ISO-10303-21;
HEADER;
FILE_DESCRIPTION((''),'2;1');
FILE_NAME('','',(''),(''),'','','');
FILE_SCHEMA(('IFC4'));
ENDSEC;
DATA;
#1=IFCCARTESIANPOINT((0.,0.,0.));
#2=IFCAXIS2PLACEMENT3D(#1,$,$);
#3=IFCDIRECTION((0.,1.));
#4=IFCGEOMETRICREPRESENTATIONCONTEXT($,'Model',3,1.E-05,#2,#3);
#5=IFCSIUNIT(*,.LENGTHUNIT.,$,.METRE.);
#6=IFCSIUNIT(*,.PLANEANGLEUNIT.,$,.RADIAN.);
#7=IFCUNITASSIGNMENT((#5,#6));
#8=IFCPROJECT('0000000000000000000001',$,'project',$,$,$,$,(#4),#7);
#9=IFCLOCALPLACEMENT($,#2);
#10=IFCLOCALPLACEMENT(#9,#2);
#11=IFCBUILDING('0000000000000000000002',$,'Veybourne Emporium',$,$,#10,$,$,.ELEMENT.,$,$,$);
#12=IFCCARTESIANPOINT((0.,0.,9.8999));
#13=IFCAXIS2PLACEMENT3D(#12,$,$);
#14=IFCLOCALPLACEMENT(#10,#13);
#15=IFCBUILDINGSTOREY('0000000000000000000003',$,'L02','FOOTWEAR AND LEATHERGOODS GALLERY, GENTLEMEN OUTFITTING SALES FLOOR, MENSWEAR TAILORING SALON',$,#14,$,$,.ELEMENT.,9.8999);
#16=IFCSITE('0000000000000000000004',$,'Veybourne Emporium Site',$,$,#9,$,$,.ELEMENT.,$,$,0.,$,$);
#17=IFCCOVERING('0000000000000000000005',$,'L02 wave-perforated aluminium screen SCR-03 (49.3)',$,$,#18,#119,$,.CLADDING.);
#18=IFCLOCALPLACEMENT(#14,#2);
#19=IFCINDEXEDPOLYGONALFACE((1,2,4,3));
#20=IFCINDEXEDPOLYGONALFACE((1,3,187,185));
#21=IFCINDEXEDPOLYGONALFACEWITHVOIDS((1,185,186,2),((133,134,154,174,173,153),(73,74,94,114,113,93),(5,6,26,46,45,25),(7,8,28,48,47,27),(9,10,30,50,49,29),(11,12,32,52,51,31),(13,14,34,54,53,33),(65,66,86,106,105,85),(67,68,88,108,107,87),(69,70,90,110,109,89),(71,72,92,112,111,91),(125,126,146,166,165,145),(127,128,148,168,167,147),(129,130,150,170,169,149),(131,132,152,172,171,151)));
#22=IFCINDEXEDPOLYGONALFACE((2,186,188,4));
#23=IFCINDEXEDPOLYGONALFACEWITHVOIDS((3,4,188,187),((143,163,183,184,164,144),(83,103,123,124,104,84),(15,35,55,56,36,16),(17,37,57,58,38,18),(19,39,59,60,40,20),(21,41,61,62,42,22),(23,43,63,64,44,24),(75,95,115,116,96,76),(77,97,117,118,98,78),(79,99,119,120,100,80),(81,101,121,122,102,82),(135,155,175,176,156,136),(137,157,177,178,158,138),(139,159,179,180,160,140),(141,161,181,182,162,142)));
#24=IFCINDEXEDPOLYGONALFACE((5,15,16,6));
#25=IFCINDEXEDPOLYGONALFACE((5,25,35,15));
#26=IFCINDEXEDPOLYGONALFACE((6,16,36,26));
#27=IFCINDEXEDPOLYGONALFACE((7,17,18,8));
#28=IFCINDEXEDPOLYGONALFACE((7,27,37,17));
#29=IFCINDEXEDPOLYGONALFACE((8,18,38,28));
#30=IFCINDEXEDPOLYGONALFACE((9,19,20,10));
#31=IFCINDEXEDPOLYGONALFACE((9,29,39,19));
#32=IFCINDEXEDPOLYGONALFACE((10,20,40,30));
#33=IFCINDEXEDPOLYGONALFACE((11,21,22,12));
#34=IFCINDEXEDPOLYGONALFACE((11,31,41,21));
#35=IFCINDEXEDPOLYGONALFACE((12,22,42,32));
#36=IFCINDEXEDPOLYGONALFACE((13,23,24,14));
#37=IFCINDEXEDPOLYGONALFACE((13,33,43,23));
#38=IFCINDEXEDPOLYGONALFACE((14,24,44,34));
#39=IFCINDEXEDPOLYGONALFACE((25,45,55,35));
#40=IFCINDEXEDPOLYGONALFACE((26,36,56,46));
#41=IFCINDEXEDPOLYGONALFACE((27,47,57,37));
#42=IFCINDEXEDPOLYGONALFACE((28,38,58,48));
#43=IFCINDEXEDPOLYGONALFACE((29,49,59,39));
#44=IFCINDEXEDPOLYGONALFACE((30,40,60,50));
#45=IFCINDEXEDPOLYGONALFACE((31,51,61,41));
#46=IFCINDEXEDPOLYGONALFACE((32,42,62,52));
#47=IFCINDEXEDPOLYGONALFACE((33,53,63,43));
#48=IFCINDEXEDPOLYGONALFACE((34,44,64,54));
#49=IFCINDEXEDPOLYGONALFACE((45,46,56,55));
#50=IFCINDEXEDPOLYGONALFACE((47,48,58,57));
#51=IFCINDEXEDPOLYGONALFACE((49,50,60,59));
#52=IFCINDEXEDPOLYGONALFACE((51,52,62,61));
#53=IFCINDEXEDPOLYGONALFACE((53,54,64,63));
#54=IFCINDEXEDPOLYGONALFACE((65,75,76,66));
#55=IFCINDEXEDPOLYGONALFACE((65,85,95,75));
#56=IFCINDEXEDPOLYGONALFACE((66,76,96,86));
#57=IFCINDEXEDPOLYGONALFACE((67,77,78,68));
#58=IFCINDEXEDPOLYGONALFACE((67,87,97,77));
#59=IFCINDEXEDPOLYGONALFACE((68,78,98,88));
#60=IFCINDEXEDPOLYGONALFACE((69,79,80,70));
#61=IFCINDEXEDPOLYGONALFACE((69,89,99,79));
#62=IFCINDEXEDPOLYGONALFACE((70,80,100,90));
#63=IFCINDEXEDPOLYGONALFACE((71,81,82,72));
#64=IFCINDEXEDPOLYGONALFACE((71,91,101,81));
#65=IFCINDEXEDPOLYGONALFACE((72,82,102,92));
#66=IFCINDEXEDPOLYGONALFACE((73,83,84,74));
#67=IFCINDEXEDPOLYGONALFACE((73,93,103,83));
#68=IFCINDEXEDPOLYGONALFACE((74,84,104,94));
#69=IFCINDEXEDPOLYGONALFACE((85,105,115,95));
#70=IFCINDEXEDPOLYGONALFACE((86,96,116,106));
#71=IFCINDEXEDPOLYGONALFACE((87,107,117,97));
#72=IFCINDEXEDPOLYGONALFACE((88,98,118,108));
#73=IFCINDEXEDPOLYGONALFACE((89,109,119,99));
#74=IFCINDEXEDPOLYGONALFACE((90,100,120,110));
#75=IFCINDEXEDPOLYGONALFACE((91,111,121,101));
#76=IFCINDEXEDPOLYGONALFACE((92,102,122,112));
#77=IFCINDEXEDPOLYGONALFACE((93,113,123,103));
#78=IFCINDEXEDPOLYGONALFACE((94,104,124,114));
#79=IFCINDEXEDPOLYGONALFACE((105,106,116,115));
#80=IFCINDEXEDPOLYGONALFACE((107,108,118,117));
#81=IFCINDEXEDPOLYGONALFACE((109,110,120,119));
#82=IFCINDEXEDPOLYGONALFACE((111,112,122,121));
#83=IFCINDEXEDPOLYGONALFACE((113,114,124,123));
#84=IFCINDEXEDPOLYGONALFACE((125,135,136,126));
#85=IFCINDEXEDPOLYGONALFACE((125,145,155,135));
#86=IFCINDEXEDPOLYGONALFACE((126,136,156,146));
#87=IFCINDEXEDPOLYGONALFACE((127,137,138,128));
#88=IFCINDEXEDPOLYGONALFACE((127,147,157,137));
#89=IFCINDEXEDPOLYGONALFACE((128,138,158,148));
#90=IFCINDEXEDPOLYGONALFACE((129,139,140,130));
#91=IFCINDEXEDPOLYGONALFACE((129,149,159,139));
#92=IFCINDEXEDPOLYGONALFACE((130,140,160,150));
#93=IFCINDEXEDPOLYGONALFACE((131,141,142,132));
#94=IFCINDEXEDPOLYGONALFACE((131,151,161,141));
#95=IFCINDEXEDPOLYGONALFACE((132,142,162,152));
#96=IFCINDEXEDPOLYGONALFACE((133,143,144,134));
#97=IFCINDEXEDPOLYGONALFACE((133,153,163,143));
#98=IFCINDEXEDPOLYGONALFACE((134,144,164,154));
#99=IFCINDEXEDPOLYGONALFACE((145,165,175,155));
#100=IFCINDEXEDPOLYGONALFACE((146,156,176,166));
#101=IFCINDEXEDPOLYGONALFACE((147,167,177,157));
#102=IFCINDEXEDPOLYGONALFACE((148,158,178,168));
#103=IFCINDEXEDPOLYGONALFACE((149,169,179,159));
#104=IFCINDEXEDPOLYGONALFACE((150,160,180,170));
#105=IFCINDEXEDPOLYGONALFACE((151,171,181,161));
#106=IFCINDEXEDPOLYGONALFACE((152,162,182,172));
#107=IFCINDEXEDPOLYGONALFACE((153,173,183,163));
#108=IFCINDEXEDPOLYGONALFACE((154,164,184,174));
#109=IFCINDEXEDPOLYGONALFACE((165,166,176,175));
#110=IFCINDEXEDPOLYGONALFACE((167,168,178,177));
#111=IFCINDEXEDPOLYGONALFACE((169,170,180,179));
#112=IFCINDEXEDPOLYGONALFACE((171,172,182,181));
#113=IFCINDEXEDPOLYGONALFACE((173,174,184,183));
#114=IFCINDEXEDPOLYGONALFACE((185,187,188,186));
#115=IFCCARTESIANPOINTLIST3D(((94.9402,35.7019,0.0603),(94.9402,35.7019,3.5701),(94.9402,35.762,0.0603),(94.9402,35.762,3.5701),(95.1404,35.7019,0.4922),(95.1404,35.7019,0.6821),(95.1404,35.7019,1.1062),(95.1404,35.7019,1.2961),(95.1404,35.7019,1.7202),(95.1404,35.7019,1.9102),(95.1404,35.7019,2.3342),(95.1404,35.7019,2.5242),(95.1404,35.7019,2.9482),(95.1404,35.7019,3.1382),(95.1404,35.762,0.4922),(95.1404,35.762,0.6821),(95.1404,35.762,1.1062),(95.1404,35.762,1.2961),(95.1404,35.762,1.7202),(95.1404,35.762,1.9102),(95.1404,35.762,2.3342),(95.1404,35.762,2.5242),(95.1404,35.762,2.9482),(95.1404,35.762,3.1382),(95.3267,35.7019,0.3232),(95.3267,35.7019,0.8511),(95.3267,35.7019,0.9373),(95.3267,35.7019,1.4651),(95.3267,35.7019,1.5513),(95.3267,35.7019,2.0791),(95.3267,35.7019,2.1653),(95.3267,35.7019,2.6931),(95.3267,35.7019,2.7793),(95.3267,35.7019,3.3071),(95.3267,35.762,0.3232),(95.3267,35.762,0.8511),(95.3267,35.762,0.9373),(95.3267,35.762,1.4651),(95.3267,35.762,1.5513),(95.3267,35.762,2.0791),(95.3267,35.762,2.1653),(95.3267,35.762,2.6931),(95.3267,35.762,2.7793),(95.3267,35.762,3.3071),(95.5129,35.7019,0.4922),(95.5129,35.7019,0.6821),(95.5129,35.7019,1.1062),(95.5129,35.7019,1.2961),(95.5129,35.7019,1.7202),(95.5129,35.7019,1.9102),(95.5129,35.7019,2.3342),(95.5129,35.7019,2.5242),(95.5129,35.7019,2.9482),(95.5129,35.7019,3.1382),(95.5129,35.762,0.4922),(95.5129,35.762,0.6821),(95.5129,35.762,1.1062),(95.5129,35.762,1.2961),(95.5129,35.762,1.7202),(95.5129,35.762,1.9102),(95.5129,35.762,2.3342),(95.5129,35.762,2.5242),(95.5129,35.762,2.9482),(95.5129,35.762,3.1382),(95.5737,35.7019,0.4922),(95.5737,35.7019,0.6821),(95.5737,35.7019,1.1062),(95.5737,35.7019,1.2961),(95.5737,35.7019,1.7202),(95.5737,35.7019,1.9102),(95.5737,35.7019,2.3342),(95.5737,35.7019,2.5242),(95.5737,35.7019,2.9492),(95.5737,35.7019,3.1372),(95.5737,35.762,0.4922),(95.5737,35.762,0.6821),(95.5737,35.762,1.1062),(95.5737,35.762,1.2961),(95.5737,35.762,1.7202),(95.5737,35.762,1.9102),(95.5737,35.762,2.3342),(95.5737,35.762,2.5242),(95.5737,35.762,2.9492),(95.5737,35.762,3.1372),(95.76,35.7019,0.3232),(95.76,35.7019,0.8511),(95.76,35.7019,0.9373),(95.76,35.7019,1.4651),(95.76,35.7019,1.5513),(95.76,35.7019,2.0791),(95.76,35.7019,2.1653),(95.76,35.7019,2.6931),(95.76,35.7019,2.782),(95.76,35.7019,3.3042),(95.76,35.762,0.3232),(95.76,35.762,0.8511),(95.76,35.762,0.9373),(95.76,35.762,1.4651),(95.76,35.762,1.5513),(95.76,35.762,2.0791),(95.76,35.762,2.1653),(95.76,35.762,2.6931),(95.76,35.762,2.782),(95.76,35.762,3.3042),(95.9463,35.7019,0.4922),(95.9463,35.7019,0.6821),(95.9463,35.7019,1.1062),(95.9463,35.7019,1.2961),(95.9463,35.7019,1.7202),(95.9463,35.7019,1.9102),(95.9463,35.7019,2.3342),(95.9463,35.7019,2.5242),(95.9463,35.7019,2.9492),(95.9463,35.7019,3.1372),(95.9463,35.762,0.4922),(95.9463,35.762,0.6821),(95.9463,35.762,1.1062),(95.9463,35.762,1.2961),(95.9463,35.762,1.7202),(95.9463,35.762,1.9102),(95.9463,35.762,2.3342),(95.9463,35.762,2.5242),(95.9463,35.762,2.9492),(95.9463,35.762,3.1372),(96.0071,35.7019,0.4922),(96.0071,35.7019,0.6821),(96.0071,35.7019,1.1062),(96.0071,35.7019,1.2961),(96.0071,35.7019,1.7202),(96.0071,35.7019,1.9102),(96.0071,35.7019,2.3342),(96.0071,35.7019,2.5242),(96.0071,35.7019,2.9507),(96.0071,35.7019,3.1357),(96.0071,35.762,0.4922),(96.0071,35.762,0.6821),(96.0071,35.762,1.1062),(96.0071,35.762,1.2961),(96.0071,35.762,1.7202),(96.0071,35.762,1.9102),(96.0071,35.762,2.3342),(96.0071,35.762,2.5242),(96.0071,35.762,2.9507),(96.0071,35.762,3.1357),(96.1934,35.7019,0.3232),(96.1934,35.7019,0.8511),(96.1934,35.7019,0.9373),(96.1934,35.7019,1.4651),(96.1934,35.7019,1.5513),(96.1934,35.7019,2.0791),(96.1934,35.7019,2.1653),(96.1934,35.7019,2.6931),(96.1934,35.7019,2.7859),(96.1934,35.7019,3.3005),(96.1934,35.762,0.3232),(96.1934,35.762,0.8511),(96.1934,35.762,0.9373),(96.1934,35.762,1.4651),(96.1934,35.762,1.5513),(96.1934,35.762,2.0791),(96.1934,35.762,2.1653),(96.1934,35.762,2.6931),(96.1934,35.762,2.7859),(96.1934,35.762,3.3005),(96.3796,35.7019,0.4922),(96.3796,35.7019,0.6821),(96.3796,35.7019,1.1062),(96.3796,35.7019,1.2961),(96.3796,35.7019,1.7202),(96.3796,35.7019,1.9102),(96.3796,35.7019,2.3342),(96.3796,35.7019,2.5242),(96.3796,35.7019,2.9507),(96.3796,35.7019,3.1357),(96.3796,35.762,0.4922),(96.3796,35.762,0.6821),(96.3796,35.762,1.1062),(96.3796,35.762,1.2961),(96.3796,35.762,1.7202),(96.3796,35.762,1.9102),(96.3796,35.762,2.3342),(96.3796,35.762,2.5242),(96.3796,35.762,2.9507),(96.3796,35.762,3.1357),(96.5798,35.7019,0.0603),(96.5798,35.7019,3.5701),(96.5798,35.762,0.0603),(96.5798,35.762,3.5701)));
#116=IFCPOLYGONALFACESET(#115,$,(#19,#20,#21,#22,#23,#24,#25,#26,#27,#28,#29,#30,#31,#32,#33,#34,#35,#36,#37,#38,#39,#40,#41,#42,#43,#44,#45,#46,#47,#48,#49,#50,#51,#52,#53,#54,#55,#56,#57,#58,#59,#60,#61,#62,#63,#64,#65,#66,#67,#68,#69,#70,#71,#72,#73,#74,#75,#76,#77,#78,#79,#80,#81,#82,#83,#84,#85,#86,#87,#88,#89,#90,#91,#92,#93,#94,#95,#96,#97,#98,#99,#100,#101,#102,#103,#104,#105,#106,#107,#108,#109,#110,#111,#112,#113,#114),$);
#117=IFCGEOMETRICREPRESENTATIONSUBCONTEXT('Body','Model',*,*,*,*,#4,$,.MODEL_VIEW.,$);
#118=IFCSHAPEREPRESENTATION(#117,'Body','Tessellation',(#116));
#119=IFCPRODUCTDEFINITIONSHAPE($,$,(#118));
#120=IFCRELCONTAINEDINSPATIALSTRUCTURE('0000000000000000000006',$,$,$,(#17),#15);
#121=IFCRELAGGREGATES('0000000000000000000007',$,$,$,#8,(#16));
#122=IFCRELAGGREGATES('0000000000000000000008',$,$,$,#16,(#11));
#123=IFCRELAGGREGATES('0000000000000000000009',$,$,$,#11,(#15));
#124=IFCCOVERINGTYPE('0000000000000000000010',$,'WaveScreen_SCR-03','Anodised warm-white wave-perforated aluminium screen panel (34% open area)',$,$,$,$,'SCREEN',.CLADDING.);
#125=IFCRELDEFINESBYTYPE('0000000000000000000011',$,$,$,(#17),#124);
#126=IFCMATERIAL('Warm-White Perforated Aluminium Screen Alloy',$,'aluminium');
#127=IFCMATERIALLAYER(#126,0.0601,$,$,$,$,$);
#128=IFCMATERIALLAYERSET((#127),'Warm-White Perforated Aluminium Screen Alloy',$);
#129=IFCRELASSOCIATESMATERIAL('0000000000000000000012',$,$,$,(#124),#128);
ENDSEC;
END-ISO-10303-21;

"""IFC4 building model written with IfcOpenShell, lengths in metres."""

from ifc_helpers import new_model, si_unit, direction, frame, origin, place, context, subcontext, project, spatial, polyline, outline, extrude, material, layer, layer_set, type_object, element, save


model = new_model("IFC4")

# Units and contexts
model_context = context("Model", 3, precision=1e-05, world=origin(), true_north=direction((0.0, 1.0)))
body_context = subcontext(model_context, "Body", "Model", "MODEL_VIEW")
ifc_project = project(units=[si_unit("LENGTHUNIT", "METRE"), si_unit("PLANEANGLEUNIT", "RADIAN")], contexts=[model_context])

# Site, building, storey
site_placement = place(None, origin())
site = spatial("IfcSite", under=ifc_project, at=site_placement, Name="Veybourne Emporium Site", CompositionType="ELEMENT", RefElevation=0.0)
building_placement = place(site_placement, origin())
building = spatial("IfcBuilding", under=site, at=building_placement, Name="Veybourne Emporium", CompositionType="ELEMENT")
storey_placement = place(building_placement, frame((0.0, 0.0, 9.8999)))
storey = spatial("IfcBuildingStorey", under=building, at=storey_placement, Name="L02", Description="FOOTWEAR AND LEATHERGOODS GALLERY, GENTLEMEN OUTFITTING SALES FLOOR, MENSWEAR TAILORING SALON", CompositionType="ELEMENT", Elevation=9.8999)

# Covering
ifc_material_1 = material(Name="Warm-White Perforated Aluminium Screen Alloy", Category="aluminium")
ifc_layer_1 = layer(ifc_material_1, 0.0601)
ifc_layer_set_1 = layer_set([ifc_layer_1], Name="Warm-White Perforated Aluminium Screen Alloy")
covering_type_1 = type_object("IfcCoveringType", Name="WaveScreen_SCR-03", Description="Anodised warm-white wave-perforated aluminium screen panel (34% open area)", ElementType="SCREEN", PredefinedType="CLADDING", material=ifc_layer_set_1)
covering_1_placement = place(storey_placement, frame((95.76, 35.7019, 1.8152), z_axis=(0.0, 1.0, 0.0), x_axis=(-1.0, 0.0, 0.0)))
element("IfcCovering", 1, at=covering_1_placement, inside=storey, type_object=covering_type_1, Name="L02 wave-perforated aluminium screen SCR-03 (49.3)", PredefinedType="CLADDING", context=body_context, shape_type="SweptSolid", body=[
    extrude(outline(polyline([(-0.8198, -1.7549), (0.8198, -1.7549), (0.8198, 1.7549), (-0.8198, 1.7549), (-0.8198, -1.7549)]), holes=[polyline([(-0.4333, -0.9641), (-0.2471, -1.1331), (-0.2471, -1.323), (-0.4333, -1.4919), (-0.6196, -1.323), (-0.6196, -1.1331), (-0.4333, -0.9641)]), polyline([(-0.4333, -0.3501), (-0.2471, -0.519), (-0.2471, -0.709), (-0.4333, -0.8779), (-0.6196, -0.709), (-0.6196, -0.519), (-0.4333, -0.3501)]), polyline([(-0.4333, 0.2639), (-0.2471, 0.095), (-0.2471, -0.095), (-0.4333, -0.2639), (-0.6196, -0.095), (-0.6196, 0.095), (-0.4333, 0.2639)]), polyline([(-0.4333, 0.8779), (-0.2471, 0.709), (-0.2471, 0.519), (-0.4333, 0.3501), (-0.6196, 0.519), (-0.6196, 0.709), (-0.4333, 0.8779)]), polyline([(-0.4333, 1.4854), (-0.2471, 1.3206), (-0.2471, 1.1355), (-0.4333, 0.9707), (-0.6196, 1.1355), (-0.6196, 1.3206), (-0.4333, 1.4854)]), polyline([(0.0, -0.9641), (0.1863, -1.1331), (0.1863, -1.323), (0.0, -1.4919), (-0.1863, -1.323), (-0.1863, -1.1331), (0.0, -0.9641)]), polyline([(0.0, -0.3501), (0.1863, -0.519), (0.1863, -0.709), (0.0, -0.8779), (-0.1863, -0.709), (-0.1863, -0.519), (0.0, -0.3501)]), polyline([(0.0, 0.2639), (0.1863, 0.095), (0.1863, -0.095), (0.0, -0.2639), (-0.1863, -0.095), (-0.1863, 0.095), (0.0, 0.2639)]), polyline([(0.0, 0.8779), (0.1863, 0.709), (0.1863, 0.519), (0.0, 0.3501), (-0.1863, 0.519), (-0.1863, 0.709), (0.0, 0.8779)]), polyline([(0.0, 1.489), (0.1863, 1.322), (0.1863, 1.134), (0.0, 0.9668), (-0.1863, 1.134), (-0.1863, 1.322), (0.0, 1.489)]), polyline([(0.4333, -0.9641), (0.6196, -1.1331), (0.6196, -1.323), (0.4333, -1.4919), (0.2471, -1.323), (0.2471, -1.1331), (0.4333, -0.9641)]), polyline([(0.4333, -0.3501), (0.6196, -0.519), (0.6196, -0.709), (0.4333, -0.8779), (0.2471, -0.709), (0.2471, -0.519), (0.4333, -0.3501)]), polyline([(0.4333, 0.2639), (0.6196, 0.095), (0.6196, -0.095), (0.4333, -0.2639), (0.2471, -0.095), (0.2471, 0.095), (0.4333, 0.2639)]), polyline([(0.4333, 0.8779), (0.6196, 0.709), (0.6196, 0.519), (0.4333, 0.3501), (0.2471, 0.519), (0.2471, 0.709), (0.4333, 0.8779)]), polyline([(0.4333, 1.4919), (0.6196, 1.323), (0.6196, 1.1331), (0.4333, 0.9641), (0.2471, 1.1331), (0.2471, 1.323), (0.4333, 1.4919)])]), origin(), (0.0, 0.0, 1.0), 0.0601),
])

save(model, "model.ifc")
